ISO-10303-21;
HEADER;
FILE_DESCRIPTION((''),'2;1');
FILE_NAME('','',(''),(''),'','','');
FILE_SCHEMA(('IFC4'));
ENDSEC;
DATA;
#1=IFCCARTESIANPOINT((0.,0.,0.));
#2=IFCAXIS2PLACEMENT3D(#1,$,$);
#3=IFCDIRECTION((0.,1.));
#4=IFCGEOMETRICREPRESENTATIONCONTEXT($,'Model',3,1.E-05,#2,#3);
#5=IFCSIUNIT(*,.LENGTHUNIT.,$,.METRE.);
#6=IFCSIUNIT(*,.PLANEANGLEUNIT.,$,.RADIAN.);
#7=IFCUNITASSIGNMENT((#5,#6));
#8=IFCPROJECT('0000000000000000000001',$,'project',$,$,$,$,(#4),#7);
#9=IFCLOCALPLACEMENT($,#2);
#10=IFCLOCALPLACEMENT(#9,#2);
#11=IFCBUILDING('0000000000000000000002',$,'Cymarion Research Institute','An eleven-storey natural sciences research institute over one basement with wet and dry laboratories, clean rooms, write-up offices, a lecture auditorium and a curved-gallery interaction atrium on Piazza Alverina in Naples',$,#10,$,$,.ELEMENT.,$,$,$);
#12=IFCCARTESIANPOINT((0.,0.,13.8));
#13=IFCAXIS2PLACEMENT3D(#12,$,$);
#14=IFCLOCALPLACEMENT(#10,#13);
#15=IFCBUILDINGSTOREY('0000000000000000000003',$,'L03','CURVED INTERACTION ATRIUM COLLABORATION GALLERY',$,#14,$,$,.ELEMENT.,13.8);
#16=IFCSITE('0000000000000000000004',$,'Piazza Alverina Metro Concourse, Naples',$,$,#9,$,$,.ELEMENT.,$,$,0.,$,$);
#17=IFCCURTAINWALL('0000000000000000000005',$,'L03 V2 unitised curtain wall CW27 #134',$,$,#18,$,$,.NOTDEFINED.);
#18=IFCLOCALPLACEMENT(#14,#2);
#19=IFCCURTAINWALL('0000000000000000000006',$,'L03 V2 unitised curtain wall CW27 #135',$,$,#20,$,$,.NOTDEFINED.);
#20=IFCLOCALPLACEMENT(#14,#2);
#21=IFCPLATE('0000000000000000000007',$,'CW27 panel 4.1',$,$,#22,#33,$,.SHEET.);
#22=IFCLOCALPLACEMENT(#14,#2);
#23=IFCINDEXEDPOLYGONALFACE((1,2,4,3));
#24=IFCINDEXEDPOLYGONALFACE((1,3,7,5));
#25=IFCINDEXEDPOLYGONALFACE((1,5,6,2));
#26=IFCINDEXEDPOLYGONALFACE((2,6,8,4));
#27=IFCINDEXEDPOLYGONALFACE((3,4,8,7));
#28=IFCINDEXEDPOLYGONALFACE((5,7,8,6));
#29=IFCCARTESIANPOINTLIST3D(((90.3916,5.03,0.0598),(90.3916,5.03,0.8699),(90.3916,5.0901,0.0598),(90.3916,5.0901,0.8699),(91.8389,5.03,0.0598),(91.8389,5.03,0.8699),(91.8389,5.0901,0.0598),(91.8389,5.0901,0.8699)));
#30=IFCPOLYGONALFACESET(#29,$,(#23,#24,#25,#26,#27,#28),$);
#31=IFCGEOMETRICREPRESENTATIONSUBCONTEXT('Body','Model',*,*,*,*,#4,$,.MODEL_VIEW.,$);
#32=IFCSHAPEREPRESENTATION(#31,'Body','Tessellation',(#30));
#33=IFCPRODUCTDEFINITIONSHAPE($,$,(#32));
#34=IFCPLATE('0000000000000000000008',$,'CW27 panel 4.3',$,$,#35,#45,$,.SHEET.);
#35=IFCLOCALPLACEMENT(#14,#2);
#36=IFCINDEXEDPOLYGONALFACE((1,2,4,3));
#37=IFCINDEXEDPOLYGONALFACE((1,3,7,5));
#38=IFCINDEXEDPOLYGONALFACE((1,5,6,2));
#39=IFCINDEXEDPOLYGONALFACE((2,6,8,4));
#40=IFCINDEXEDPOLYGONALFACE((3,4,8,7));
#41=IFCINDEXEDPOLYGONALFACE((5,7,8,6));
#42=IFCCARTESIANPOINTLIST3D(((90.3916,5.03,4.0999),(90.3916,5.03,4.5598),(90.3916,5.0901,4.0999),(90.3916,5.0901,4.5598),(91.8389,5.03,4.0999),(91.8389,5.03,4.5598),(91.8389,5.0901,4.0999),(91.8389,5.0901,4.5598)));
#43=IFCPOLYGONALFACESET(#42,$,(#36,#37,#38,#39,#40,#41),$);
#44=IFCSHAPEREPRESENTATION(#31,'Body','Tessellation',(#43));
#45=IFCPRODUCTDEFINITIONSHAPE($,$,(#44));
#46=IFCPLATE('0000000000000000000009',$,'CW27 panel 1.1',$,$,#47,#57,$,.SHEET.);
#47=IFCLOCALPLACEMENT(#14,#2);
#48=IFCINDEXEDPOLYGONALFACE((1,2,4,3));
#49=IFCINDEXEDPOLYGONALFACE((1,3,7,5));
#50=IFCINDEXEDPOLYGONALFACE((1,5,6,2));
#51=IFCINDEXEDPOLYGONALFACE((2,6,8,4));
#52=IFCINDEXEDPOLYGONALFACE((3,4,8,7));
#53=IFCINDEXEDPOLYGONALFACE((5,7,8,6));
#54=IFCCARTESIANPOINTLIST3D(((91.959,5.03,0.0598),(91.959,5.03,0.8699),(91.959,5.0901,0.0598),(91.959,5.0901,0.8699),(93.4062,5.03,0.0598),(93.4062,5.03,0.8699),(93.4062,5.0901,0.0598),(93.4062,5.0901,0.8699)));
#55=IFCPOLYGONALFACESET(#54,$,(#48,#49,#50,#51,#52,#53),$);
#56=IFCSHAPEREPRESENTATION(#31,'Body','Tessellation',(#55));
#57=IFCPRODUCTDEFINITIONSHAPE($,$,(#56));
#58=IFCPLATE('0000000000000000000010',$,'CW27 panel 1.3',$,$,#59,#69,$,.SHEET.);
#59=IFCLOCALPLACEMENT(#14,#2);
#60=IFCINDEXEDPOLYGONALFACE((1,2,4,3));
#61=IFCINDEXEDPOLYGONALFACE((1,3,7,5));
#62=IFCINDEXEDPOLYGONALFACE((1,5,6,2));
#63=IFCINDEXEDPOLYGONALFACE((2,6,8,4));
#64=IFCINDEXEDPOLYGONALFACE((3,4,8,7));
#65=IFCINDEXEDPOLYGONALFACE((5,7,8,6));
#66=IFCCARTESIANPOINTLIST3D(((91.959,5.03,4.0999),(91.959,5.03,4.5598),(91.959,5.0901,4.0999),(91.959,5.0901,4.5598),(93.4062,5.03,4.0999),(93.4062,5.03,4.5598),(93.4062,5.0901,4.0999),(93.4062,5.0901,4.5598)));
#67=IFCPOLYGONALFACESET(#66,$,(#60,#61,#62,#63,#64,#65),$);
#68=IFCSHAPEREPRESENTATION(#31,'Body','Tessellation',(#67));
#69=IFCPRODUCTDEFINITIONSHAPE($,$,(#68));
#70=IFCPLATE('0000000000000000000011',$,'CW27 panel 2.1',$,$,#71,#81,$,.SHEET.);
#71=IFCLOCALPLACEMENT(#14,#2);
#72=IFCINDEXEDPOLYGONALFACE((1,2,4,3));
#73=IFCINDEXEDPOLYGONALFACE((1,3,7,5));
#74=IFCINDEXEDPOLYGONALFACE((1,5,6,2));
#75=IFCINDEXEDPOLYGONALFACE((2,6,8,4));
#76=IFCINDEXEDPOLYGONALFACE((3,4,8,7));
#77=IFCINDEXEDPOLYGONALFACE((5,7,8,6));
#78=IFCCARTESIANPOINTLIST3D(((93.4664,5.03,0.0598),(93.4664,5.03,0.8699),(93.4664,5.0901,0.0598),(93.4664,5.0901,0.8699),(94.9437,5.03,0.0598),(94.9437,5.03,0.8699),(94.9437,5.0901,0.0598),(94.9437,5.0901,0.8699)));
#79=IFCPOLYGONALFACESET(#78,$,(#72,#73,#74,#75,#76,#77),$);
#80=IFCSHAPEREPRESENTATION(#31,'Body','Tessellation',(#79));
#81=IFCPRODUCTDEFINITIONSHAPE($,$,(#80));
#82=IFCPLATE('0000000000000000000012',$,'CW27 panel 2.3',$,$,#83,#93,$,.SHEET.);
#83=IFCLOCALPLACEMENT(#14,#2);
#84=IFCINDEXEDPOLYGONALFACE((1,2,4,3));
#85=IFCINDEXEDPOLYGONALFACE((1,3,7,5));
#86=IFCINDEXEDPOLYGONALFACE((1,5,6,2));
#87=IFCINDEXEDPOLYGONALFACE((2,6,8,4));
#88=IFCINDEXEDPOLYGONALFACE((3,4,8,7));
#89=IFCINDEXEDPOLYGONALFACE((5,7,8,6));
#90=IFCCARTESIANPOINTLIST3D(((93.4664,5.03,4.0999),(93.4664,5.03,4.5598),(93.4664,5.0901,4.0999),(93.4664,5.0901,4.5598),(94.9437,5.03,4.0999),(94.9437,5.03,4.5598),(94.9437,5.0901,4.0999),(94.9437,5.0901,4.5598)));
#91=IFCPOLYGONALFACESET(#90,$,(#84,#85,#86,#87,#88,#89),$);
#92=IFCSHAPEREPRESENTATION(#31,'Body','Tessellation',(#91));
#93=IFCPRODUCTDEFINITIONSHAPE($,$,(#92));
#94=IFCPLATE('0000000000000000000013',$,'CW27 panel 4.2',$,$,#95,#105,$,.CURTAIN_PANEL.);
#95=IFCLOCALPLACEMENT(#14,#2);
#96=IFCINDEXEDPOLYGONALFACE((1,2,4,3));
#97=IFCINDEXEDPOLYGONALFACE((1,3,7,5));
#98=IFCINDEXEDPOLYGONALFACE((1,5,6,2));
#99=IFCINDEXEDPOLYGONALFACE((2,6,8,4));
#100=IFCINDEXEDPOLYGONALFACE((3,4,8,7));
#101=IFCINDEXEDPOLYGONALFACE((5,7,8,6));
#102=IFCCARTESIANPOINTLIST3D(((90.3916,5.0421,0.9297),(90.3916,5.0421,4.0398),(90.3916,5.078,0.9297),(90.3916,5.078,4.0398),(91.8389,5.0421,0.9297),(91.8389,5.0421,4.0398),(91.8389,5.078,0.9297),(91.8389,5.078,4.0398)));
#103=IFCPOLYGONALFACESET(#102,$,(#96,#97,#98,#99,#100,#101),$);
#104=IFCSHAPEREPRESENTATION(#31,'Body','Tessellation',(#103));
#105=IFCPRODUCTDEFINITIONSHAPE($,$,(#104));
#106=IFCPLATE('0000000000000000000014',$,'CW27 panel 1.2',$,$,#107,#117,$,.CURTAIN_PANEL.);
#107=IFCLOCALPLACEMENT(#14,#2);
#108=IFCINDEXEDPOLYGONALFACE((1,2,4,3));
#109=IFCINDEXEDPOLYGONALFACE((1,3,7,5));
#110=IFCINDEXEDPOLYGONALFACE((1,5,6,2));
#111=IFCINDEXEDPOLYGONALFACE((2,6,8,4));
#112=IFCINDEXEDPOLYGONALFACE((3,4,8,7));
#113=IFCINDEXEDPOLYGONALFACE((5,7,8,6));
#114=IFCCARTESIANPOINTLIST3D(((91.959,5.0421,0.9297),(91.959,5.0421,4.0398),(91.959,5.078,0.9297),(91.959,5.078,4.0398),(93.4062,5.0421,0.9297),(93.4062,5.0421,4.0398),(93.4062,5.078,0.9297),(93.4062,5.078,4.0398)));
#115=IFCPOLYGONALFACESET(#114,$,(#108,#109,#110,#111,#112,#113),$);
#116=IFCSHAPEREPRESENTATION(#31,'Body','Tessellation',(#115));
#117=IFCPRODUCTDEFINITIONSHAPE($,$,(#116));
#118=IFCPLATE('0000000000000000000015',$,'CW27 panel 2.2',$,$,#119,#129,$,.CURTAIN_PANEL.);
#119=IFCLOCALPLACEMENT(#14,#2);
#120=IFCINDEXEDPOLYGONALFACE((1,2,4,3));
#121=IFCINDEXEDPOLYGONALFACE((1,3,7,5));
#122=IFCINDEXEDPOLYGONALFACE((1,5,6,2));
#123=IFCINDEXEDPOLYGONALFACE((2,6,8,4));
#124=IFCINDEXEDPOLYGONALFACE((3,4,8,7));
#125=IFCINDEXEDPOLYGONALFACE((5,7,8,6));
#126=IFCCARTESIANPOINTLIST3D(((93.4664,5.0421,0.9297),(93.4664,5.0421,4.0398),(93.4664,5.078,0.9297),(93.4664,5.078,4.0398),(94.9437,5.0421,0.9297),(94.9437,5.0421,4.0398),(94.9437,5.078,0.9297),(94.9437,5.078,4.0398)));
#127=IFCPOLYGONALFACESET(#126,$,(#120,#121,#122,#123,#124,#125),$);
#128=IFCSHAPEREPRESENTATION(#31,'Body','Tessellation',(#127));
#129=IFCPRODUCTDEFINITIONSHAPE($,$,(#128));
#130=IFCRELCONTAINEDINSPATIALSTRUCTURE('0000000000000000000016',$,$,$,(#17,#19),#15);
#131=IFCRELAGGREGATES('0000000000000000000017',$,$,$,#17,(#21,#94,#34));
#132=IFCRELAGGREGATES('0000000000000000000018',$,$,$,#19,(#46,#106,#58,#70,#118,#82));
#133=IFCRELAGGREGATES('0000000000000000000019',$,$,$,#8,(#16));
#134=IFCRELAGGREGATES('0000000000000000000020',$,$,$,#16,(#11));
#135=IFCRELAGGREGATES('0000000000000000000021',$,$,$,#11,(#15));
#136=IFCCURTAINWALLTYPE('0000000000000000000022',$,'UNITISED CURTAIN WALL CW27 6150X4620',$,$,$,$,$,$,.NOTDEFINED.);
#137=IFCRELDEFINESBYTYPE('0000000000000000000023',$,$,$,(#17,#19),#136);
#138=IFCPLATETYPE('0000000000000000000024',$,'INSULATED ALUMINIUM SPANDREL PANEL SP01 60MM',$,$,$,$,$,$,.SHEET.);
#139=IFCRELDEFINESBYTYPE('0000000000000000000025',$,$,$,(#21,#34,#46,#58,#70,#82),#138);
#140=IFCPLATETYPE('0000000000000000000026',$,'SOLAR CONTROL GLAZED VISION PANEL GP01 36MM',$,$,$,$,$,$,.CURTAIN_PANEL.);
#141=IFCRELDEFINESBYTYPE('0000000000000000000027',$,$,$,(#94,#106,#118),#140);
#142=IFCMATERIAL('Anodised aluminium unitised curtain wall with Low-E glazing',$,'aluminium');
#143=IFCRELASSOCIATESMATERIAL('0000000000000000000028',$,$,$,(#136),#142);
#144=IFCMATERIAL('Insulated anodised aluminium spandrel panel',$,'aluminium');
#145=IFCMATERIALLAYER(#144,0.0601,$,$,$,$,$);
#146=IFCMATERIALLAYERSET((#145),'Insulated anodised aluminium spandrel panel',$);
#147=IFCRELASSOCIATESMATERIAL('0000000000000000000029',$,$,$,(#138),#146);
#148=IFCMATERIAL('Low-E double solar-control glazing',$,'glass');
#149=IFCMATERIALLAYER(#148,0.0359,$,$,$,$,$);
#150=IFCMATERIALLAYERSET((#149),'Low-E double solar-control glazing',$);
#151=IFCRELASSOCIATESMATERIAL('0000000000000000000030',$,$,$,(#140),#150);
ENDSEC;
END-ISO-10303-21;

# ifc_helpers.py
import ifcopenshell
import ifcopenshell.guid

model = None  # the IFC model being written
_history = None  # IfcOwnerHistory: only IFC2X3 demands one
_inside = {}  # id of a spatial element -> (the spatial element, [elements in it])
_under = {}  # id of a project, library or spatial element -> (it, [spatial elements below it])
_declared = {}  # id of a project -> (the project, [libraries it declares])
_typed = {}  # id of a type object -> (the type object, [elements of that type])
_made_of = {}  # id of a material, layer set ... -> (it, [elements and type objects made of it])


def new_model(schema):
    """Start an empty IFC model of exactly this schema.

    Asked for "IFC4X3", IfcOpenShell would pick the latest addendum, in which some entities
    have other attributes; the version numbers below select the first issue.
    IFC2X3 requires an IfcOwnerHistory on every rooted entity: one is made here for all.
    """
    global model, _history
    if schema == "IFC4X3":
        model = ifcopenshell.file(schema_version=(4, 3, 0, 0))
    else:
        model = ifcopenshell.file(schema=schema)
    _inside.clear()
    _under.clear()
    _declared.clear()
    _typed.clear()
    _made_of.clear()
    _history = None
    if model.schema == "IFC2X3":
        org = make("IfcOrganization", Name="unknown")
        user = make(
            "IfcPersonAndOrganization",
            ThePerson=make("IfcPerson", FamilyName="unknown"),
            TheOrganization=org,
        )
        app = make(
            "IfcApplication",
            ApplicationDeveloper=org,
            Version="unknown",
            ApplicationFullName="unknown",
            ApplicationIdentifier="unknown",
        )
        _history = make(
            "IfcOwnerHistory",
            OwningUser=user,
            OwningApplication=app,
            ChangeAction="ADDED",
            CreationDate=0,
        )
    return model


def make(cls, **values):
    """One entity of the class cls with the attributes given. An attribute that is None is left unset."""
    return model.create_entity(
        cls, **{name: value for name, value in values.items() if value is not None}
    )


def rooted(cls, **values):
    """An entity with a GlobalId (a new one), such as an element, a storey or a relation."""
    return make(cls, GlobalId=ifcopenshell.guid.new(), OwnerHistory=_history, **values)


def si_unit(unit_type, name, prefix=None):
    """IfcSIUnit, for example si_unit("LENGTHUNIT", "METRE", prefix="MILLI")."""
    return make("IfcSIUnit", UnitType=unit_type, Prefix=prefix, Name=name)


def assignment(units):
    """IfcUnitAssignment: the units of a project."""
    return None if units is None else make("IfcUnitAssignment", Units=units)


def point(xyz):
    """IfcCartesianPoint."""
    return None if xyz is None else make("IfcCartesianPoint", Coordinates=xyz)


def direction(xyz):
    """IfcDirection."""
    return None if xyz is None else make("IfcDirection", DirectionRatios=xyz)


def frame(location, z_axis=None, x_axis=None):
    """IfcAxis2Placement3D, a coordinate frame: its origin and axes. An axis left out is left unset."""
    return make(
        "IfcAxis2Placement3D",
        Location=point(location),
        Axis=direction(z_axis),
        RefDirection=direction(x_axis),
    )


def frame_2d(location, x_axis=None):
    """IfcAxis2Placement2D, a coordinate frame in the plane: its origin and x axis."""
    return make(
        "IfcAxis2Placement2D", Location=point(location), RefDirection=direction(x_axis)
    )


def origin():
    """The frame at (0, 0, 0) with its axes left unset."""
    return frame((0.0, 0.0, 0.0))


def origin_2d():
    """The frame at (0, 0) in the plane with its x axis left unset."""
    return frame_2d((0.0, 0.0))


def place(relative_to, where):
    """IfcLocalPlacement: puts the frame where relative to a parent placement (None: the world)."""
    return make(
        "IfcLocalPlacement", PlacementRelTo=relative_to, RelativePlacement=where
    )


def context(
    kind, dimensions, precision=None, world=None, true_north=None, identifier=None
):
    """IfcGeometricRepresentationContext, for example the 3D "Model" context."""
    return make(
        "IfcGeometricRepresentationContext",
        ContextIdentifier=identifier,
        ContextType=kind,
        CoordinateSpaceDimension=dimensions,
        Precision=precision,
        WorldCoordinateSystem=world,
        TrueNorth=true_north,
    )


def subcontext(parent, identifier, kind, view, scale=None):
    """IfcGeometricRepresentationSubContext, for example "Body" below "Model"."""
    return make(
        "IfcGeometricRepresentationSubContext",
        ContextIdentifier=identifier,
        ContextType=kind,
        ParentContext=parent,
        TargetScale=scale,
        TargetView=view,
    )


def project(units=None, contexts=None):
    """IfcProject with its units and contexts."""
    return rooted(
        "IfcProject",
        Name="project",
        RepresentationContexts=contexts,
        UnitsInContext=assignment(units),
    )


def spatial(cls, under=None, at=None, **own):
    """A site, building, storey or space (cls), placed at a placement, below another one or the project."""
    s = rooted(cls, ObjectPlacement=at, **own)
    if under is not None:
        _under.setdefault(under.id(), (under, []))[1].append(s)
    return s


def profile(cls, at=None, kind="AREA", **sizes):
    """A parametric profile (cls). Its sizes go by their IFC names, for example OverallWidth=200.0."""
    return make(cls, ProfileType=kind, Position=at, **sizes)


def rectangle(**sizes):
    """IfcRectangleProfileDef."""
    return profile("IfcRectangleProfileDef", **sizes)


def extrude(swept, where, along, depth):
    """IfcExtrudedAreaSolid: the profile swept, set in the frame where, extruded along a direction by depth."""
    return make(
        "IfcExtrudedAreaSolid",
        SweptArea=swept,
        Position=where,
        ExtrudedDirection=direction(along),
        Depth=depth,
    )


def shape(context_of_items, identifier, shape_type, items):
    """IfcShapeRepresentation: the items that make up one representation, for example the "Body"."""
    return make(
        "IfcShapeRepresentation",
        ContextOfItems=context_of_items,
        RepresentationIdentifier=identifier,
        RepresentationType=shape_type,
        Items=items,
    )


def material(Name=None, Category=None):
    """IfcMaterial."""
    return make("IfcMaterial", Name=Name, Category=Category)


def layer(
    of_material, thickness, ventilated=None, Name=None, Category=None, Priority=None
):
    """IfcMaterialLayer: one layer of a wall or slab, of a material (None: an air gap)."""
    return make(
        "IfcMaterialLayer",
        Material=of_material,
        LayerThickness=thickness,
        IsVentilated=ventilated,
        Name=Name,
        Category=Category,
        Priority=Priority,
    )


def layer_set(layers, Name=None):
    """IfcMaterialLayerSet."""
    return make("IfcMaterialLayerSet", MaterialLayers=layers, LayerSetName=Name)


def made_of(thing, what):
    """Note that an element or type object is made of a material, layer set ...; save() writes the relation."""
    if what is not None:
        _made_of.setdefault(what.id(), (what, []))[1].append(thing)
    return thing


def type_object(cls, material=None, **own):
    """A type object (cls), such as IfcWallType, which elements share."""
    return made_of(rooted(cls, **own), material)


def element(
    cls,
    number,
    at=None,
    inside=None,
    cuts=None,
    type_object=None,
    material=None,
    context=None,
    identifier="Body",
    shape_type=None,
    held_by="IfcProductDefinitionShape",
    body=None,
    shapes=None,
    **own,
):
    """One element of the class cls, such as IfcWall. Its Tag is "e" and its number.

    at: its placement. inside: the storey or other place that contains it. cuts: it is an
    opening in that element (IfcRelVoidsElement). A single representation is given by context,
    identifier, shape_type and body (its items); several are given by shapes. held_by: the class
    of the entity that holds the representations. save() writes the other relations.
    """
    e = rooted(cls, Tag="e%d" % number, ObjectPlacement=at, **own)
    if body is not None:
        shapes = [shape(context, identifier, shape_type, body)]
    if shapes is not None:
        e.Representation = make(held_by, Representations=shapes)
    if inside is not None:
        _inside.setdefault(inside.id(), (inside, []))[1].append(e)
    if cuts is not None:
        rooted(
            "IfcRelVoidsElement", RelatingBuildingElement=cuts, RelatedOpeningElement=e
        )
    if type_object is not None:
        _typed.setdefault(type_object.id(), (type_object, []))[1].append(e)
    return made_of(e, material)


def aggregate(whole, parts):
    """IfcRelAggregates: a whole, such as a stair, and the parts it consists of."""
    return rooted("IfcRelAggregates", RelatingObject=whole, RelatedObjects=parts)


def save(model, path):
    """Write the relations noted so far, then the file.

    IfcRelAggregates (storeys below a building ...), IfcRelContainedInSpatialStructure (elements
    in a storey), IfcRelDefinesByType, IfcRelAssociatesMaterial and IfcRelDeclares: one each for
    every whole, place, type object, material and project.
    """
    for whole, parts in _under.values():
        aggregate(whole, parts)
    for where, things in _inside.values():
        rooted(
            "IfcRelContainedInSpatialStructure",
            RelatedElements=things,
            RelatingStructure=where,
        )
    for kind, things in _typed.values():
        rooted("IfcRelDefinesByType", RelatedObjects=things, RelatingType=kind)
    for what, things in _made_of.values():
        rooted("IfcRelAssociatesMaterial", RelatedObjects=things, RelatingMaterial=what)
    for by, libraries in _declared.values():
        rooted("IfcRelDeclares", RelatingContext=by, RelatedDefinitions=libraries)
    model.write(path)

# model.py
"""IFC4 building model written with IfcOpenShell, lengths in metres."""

from ifc_helpers import new_model, si_unit, direction, frame, origin, origin_2d, place, context, subcontext, project, spatial, rectangle, extrude, material, layer, layer_set, type_object, element, aggregate, save


model = new_model("IFC4")

# Units and contexts
model_context = context("Model", 3, precision=1e-05, world=origin(), true_north=direction((0.0, 1.0)))
body_context = subcontext(model_context, "Body", "Model", "MODEL_VIEW")
ifc_project = project(units=[si_unit("LENGTHUNIT", "METRE"), si_unit("PLANEANGLEUNIT", "RADIAN")], contexts=[model_context])

# Site, building, storey
site_placement = place(None, origin())
site = spatial("IfcSite", under=ifc_project, at=site_placement, Name="Piazza Alverina Metro Concourse, Naples", CompositionType="ELEMENT", RefElevation=0.0)
building_placement = place(site_placement, origin())
building = spatial("IfcBuilding", under=site, at=building_placement, Name="Cymarion Research Institute", Description="An eleven-storey natural sciences research institute over one basement with wet and dry laboratories, clean rooms, write-up offices, a lecture auditorium and a curved-gallery interaction atrium on Piazza Alverina in Naples", CompositionType="ELEMENT")
storey_placement = place(building_placement, frame((0.0, 0.0, 13.8)))
storey = spatial("IfcBuildingStorey", under=building, at=storey_placement, Name="L03", Description="CURVED INTERACTION ATRIUM COLLABORATION GALLERY", CompositionType="ELEMENT", Elevation=13.8)

# Curtain wall
ifc_material_1 = material(Name="Anodised aluminium unitised curtain wall with Low-E glazing", Category="aluminium")
curtain_wall_type = type_object("IfcCurtainWallType", Name="UNITISED CURTAIN WALL CW27 6150X4620", PredefinedType="NOTDEFINED", material=ifc_material_1)
curtain_wall_1_placement = place(storey_placement, origin())
curtain_wall_1 = element("IfcCurtainWall", 1, at=curtain_wall_1_placement, inside=storey, type_object=curtain_wall_type, Name="L03 V2 unitised curtain wall CW27 #134", PredefinedType="NOTDEFINED")

# Curtain wall
curtain_wall_2_placement = place(storey_placement, origin())
curtain_wall_2 = element("IfcCurtainWall", 2, at=curtain_wall_2_placement, inside=storey, type_object=curtain_wall_type, Name="L03 V2 unitised curtain wall CW27 #135", PredefinedType="NOTDEFINED")

# Plates
ifc_material_2 = material(Name="Insulated anodised aluminium spandrel panel", Category="aluminium")
ifc_layer_1 = layer(ifc_material_2, 0.0601)
ifc_layer_set_1 = layer_set([ifc_layer_1], Name="Insulated anodised aluminium spandrel panel")
plate_type_1 = type_object("IfcPlateType", Name="INSULATED ALUMINIUM SPANDREL PANEL SP01 60MM", PredefinedType="SHEET", material=ifc_layer_set_1)
plate_1_placement = place(storey_placement, frame((91.1152, 5.0601, 0.0598), z_axis=(0.0, 0.0, 1.0), x_axis=(1.0, 0.0, 0.0)))
plate_1 = element("IfcPlate", 3, at=plate_1_placement, type_object=plate_type_1, Name="CW27 panel 4.1", PredefinedType="SHEET", context=body_context, shape_type="SweptSolid", body=[
    extrude(rectangle(XDim=1.4473, YDim=0.0601, at=origin_2d()), origin(), (0.0, 0.0, 1.0), 0.8101),
])
plate_2_placement = place(storey_placement, frame((91.1152, 5.0601, 4.0999), z_axis=(0.0, 0.0, 1.0), x_axis=(1.0, 0.0, 0.0)))
plate_2 = element("IfcPlate", 4, at=plate_2_placement, type_object=plate_type_1, Name="CW27 panel 4.3", PredefinedType="SHEET", context=body_context, shape_type="SweptSolid", body=[
    extrude(rectangle(XDim=1.4473, YDim=0.0601, at=origin_2d()), origin(), (0.0, 0.0, 1.0), 0.46),
])
plate_3_placement = place(storey_placement, frame((92.6826, 5.0601, 0.0598), z_axis=(0.0, 0.0, 1.0), x_axis=(1.0, 0.0, 0.0)))
plate_3 = element("IfcPlate", 5, at=plate_3_placement, type_object=plate_type_1, Name="CW27 panel 1.1", PredefinedType="SHEET", context=body_context, shape_type="SweptSolid", body=[
    extrude(rectangle(XDim=1.4473, YDim=0.0601, at=origin_2d()), origin(), (0.0, 0.0, 1.0), 0.8101),
])
plate_4_placement = place(storey_placement, frame((92.6826, 5.0601, 4.0999), z_axis=(0.0, 0.0, 1.0), x_axis=(1.0, 0.0, 0.0)))
plate_4 = element("IfcPlate", 6, at=plate_4_placement, type_object=plate_type_1, Name="CW27 panel 1.3", PredefinedType="SHEET", context=body_context, shape_type="SweptSolid", body=[
    extrude(rectangle(XDim=1.4473, YDim=0.0601, at=origin_2d()), origin(), (0.0, 0.0, 1.0), 0.46),
])
plate_5_placement = place(storey_placement, frame((94.2051, 5.0601, 0.0598), z_axis=(0.0, 0.0, 1.0), x_axis=(1.0, 0.0, 0.0)))
plate_5 = element("IfcPlate", 7, at=plate_5_placement, type_object=plate_type_1, Name="CW27 panel 2.1", PredefinedType="SHEET", context=body_context, shape_type="SweptSolid", body=[
    extrude(rectangle(XDim=1.4773, YDim=0.0601, at=origin_2d()), origin(), (0.0, 0.0, 1.0), 0.8101),
])
plate_6_placement = place(storey_placement, frame((94.2051, 5.0601, 4.0999), z_axis=(0.0, 0.0, 1.0), x_axis=(1.0, 0.0, 0.0)))
plate_6 = element("IfcPlate", 8, at=plate_6_placement, type_object=plate_type_1, Name="CW27 panel 2.3", PredefinedType="SHEET", context=body_context, shape_type="SweptSolid", body=[
    extrude(rectangle(XDim=1.4773, YDim=0.0601, at=origin_2d()), origin(), (0.0, 0.0, 1.0), 0.46),
])
ifc_material_3 = material(Name="Low-E double solar-control glazing", Category="glass")
ifc_layer_2 = layer(ifc_material_3, 0.0359)
ifc_layer_set_2 = layer_set([ifc_layer_2], Name="Low-E double solar-control glazing")
plate_type_2 = type_object("IfcPlateType", Name="SOLAR CONTROL GLAZED VISION PANEL GP01 36MM", PredefinedType="CURTAIN_PANEL", material=ifc_layer_set_2)
plate_7_placement = place(storey_placement, frame((91.1152, 5.0601, 0.9297), z_axis=(0.0, 0.0, 1.0), x_axis=(1.0, 0.0, 0.0)))
plate_7 = element("IfcPlate", 9, at=plate_7_placement, type_object=plate_type_2, Name="CW27 panel 4.2", PredefinedType="CURTAIN_PANEL", context=body_context, shape_type="SweptSolid", body=[
    extrude(rectangle(XDim=1.4473, YDim=0.0359, at=origin_2d()), origin(), (0.0, 0.0, 1.0), 3.1101),
])
aggregate(curtain_wall_1, [plate_1, plate_7, plate_2])
plate_8_placement = place(storey_placement, frame((92.6826, 5.0601, 0.9297), z_axis=(0.0, 0.0, 1.0), x_axis=(1.0, 0.0, 0.0)))
plate_8 = element("IfcPlate", 10, at=plate_8_placement, type_object=plate_type_2, Name="CW27 panel 1.2", PredefinedType="CURTAIN_PANEL", context=body_context, shape_type="SweptSolid", body=[
    extrude(rectangle(XDim=1.4473, YDim=0.0359, at=origin_2d()), origin(), (0.0, 0.0, 1.0), 3.1101),
])
plate_9_placement = place(storey_placement, frame((94.2051, 5.0601, 0.9297), z_axis=(0.0, 0.0, 1.0), x_axis=(1.0, 0.0, 0.0)))
plate_9 = element("IfcPlate", 11, at=plate_9_placement, type_object=plate_type_2, Name="CW27 panel 2.2", PredefinedType="CURTAIN_PANEL", context=body_context, shape_type="SweptSolid", body=[
    extrude(rectangle(XDim=1.4773, YDim=0.0359, at=origin_2d()), origin(), (0.0, 0.0, 1.0), 3.1101),
])
aggregate(curtain_wall_2, [plate_3, plate_8, plate_4, plate_5, plate_9, plate_6])

save(model, "model.ifc")
